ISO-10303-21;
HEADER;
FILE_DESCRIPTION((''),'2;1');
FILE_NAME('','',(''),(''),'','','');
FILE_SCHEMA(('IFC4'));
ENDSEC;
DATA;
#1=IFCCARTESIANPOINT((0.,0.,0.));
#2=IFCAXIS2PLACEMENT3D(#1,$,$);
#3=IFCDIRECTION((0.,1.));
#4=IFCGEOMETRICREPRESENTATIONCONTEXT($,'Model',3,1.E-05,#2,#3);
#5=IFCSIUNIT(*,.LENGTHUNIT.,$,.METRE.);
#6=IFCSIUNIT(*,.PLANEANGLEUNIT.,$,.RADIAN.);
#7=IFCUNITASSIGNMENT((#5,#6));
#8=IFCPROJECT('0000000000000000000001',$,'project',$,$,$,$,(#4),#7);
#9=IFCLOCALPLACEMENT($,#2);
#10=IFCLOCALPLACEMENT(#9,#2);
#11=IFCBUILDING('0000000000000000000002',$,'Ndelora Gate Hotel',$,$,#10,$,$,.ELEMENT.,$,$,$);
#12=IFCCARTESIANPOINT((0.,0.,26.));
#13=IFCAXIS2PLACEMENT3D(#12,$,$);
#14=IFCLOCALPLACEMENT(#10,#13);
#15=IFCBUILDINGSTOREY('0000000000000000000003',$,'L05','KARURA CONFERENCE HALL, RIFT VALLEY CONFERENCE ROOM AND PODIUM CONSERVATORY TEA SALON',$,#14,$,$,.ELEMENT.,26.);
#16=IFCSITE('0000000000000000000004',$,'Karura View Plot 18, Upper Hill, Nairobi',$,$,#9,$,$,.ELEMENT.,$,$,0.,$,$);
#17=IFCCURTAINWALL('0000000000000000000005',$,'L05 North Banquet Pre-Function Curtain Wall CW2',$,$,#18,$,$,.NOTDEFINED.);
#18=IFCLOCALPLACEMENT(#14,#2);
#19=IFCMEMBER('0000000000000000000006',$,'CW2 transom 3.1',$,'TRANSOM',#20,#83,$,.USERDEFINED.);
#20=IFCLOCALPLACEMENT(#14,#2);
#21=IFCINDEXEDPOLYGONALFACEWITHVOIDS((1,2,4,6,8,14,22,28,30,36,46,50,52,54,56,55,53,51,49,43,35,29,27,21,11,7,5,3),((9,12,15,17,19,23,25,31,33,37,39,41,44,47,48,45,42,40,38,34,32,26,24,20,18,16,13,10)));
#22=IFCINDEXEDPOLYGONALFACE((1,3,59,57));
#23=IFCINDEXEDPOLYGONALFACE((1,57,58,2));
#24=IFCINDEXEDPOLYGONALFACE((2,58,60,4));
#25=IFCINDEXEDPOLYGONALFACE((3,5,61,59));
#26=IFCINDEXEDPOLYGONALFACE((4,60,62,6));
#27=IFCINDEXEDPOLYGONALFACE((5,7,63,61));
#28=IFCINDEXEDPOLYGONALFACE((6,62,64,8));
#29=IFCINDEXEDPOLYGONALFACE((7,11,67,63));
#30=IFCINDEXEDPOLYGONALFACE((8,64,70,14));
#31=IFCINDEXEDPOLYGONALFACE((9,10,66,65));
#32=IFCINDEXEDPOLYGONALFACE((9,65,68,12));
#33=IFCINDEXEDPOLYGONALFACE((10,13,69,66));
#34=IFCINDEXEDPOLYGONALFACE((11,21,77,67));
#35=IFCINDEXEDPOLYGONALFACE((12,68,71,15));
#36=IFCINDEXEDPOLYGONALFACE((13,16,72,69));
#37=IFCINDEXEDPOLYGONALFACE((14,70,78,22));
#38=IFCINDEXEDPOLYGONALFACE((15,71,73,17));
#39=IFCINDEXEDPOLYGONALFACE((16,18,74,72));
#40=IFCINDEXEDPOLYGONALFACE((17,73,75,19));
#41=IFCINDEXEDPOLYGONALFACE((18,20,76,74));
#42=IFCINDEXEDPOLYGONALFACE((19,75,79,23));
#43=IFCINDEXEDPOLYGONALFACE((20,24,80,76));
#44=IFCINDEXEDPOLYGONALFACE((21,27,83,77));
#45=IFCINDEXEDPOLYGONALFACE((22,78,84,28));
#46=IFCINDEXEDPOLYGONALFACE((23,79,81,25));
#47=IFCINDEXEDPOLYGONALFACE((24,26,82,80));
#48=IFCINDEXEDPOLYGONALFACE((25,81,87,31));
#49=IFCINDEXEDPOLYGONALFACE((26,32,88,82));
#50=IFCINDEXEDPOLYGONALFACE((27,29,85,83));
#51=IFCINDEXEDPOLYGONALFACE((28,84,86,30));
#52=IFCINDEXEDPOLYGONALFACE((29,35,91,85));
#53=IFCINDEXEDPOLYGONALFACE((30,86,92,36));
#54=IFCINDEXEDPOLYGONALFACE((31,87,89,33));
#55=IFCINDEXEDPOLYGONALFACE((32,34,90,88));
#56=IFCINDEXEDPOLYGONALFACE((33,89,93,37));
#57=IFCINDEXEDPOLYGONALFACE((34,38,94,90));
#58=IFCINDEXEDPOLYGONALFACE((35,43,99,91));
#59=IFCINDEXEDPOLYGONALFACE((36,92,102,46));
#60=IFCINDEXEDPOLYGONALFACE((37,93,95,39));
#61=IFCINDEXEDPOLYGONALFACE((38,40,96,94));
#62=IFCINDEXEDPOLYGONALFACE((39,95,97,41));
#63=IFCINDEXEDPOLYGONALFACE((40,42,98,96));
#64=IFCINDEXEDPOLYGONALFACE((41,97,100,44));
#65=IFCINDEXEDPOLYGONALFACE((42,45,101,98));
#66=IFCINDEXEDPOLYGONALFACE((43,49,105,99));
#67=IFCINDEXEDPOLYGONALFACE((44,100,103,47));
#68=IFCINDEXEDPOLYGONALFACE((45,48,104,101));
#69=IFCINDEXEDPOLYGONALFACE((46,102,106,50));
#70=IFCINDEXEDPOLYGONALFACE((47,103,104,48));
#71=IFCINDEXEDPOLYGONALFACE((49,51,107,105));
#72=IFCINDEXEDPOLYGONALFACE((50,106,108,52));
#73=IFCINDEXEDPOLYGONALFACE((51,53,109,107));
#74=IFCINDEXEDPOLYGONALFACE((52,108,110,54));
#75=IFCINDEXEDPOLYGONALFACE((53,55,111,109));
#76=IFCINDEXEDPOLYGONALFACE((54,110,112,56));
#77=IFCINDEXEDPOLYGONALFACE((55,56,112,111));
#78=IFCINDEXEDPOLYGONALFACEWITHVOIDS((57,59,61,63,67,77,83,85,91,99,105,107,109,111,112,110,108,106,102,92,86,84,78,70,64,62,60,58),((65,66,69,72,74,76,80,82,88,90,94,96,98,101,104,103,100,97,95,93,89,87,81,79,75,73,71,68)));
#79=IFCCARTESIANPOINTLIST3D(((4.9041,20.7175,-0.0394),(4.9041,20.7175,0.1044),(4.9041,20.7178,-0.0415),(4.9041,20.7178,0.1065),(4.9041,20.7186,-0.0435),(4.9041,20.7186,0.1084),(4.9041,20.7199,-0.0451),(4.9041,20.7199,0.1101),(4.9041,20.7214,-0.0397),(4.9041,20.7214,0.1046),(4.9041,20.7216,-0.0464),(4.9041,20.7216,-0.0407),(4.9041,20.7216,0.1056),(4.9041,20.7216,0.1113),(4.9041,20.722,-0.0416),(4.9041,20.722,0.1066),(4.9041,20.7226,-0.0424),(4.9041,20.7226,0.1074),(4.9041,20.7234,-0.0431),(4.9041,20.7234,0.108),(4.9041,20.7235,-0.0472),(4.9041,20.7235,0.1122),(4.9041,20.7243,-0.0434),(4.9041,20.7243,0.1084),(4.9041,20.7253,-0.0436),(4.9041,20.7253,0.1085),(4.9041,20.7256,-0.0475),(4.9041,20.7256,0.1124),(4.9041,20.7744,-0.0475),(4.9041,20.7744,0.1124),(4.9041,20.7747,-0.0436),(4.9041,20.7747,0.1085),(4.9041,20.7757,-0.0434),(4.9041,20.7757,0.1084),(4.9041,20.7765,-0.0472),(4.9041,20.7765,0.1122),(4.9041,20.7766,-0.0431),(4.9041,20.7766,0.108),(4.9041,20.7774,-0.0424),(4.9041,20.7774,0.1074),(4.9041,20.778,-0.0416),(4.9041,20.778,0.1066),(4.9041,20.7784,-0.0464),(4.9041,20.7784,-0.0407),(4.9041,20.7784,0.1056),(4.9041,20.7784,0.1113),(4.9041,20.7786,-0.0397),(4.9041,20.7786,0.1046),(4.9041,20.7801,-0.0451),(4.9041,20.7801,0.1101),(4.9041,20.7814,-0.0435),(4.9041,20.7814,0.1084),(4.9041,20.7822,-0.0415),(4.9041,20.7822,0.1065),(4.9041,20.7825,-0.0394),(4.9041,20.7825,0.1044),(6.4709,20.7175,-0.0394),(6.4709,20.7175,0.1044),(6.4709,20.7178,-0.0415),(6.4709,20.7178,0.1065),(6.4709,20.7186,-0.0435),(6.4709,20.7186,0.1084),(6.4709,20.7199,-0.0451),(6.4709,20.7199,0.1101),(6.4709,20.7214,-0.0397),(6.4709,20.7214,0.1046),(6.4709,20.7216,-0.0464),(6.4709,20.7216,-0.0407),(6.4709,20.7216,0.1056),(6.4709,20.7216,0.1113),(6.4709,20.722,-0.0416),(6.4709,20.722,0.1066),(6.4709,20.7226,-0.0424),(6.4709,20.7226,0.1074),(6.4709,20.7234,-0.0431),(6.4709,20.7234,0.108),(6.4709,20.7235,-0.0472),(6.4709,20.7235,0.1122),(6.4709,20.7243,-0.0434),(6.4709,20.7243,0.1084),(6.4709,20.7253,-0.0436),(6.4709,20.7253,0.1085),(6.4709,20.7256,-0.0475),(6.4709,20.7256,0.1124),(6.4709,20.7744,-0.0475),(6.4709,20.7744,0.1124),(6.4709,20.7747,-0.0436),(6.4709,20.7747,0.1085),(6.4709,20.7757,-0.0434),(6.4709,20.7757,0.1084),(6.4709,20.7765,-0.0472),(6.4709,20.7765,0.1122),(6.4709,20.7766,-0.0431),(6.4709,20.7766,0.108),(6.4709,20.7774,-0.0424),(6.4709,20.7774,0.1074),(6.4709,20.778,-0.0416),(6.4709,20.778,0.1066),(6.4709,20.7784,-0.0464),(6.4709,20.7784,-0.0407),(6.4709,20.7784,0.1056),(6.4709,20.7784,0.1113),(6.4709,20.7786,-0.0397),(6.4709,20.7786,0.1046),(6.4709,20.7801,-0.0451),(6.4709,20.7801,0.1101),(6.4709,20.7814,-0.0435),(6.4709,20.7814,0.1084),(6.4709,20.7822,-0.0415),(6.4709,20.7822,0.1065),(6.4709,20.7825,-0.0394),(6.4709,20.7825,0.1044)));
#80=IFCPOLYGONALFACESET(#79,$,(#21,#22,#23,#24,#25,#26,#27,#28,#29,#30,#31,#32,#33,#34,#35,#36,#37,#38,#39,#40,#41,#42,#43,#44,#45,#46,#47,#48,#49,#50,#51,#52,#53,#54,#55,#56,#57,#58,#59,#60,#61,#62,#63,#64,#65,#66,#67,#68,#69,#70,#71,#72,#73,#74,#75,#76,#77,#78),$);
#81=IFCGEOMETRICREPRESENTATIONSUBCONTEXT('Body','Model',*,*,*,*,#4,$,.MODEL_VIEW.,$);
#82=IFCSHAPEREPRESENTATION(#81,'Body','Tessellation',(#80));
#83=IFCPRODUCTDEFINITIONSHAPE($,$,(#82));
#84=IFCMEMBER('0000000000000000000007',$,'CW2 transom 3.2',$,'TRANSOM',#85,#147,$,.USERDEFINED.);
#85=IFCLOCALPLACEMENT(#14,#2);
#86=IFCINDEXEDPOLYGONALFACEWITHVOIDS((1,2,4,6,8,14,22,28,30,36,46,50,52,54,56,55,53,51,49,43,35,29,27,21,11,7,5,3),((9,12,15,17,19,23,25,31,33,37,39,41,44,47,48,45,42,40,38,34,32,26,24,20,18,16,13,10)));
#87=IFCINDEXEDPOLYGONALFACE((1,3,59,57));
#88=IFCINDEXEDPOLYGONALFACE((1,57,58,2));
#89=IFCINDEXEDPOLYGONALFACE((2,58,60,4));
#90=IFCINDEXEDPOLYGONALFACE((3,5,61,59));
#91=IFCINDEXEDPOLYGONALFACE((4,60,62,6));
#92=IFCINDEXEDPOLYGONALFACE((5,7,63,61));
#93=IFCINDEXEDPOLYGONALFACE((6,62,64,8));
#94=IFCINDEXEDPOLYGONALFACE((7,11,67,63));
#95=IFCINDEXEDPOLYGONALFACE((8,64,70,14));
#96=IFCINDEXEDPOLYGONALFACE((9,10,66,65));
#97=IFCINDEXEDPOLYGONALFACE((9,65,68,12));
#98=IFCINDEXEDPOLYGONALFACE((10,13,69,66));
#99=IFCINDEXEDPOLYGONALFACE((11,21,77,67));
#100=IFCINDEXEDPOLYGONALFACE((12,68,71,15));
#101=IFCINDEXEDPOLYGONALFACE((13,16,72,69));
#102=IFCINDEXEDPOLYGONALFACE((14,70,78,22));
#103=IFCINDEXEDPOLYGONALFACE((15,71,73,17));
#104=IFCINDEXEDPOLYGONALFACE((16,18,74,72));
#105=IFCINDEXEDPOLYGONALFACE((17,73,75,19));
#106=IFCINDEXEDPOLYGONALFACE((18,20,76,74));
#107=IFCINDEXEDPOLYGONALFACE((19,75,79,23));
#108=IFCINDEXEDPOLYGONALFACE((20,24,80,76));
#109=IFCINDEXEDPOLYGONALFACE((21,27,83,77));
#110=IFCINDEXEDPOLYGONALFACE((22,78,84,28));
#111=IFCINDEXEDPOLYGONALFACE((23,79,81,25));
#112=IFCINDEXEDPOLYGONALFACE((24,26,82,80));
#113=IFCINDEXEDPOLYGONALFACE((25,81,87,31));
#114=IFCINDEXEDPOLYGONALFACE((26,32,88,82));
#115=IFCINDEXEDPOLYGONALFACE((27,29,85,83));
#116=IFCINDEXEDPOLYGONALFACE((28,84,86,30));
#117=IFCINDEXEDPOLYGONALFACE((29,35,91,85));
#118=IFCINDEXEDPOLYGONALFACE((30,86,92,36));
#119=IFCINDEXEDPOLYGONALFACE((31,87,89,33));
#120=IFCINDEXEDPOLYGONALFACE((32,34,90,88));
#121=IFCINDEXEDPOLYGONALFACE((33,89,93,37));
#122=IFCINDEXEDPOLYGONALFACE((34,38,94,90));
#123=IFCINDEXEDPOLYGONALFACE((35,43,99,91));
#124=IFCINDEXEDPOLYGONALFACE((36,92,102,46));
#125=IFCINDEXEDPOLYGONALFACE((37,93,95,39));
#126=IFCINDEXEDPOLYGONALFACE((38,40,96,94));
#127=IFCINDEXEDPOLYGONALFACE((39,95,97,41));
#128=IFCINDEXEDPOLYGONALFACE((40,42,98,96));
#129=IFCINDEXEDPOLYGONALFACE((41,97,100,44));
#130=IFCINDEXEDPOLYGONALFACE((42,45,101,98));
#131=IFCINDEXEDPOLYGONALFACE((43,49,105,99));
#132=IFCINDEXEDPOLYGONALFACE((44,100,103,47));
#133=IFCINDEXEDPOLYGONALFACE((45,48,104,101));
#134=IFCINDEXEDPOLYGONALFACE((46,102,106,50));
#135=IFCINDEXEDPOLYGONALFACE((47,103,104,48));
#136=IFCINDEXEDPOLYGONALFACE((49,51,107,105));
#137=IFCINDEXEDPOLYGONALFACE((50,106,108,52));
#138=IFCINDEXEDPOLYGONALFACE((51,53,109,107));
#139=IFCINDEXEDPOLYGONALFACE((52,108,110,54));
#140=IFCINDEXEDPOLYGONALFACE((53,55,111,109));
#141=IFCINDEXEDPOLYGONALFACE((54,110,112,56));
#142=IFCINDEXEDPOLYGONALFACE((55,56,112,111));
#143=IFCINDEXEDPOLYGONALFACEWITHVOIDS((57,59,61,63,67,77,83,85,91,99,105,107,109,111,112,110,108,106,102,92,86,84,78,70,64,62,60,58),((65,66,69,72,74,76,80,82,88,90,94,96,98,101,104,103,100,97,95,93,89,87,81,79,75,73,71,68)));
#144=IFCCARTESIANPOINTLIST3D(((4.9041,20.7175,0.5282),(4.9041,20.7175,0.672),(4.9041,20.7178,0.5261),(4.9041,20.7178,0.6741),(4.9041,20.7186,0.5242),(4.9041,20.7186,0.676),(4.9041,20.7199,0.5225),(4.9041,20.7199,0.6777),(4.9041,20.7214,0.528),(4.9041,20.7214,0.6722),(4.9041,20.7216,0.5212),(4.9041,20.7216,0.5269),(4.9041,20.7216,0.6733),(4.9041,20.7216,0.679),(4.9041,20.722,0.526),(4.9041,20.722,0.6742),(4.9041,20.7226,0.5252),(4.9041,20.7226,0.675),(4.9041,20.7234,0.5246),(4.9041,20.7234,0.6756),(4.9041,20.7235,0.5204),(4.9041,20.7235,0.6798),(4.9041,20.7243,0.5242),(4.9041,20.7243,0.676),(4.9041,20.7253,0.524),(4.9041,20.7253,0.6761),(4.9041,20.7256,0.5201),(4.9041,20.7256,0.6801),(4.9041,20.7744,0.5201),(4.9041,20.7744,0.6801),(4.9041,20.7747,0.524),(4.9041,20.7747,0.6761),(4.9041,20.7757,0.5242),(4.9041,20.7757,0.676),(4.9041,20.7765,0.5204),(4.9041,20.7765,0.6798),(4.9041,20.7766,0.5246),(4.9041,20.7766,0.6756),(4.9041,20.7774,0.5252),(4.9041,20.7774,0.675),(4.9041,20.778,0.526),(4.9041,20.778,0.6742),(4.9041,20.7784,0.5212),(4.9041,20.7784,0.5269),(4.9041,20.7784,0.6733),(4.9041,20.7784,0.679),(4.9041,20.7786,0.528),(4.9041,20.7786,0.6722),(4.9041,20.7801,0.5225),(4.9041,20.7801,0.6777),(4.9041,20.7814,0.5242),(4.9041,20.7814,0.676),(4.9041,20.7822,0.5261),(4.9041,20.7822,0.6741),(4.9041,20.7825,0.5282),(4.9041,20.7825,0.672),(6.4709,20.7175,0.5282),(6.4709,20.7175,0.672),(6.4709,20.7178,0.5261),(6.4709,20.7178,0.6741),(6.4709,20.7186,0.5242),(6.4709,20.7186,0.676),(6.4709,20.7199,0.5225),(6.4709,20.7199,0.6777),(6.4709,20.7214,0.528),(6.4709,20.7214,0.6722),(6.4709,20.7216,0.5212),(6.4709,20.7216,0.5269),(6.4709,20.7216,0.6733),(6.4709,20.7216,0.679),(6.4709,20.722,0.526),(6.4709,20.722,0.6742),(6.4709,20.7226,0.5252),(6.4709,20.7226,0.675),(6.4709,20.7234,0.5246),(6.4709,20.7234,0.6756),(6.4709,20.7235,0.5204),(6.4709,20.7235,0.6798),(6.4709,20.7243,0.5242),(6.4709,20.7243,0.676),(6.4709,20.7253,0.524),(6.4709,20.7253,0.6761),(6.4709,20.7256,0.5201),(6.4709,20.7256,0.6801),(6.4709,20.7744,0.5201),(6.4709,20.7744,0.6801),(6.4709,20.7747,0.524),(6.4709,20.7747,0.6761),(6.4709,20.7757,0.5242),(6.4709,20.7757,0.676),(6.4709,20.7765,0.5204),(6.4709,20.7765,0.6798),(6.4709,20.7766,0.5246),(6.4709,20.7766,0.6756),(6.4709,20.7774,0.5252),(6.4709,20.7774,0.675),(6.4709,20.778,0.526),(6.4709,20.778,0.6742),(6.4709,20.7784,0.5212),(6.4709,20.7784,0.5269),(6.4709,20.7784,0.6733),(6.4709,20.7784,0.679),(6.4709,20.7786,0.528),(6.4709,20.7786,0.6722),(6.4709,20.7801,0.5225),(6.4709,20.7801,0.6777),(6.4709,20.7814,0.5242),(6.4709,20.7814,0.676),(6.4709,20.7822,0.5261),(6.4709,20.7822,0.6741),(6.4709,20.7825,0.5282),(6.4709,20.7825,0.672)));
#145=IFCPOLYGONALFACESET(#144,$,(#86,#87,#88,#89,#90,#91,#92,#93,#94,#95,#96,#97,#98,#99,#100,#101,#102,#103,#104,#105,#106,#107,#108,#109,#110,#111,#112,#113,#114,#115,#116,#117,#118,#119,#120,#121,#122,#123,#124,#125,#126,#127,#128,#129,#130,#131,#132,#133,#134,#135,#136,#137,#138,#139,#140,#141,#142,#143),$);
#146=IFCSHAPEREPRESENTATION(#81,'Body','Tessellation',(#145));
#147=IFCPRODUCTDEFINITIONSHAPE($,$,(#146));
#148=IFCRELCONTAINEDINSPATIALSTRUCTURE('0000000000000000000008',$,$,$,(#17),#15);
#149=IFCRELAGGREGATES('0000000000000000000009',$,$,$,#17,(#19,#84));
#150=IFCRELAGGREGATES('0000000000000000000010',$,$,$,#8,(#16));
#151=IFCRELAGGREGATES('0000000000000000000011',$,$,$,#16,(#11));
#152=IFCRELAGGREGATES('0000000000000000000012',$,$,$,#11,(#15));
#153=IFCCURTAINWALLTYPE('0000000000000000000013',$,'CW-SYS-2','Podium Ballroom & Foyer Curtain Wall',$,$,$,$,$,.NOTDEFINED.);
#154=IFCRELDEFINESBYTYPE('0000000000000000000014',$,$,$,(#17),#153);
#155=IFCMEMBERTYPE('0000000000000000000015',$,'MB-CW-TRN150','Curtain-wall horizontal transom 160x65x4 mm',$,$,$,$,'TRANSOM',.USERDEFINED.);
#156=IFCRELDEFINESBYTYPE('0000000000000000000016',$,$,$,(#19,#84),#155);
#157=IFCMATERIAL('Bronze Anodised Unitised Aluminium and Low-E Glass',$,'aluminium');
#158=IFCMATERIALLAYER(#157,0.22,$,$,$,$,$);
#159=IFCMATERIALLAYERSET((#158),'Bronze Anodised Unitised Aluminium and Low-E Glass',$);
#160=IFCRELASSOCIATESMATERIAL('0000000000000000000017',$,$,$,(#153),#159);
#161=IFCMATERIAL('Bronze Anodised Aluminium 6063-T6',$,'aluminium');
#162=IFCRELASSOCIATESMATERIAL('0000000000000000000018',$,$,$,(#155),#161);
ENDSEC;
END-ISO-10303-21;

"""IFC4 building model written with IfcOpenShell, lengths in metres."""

from ifc_helpers import new_model, si_unit, direction, frame, origin, origin_2d, place, context, subcontext, project, spatial, hollow_rectangle, extrude, material, layer, layer_set, material_profile, profile_set, type_object, element, aggregate, save


model = new_model("IFC4")

# Units and contexts
model_context = context("Model", 3, precision=1e-05, world=origin(), true_north=direction((0.0, 1.0)))
body_context = subcontext(model_context, "Body", "Model", "MODEL_VIEW")
ifc_project = project(units=[si_unit("LENGTHUNIT", "METRE"), si_unit("PLANEANGLEUNIT", "RADIAN")], contexts=[model_context])

# Site, building, storey
site_placement = place(None, origin())
site = spatial("IfcSite", under=ifc_project, at=site_placement, Name="Karura View Plot 18, Upper Hill, Nairobi", CompositionType="ELEMENT", RefElevation=0.0)
building_placement = place(site_placement, origin())
building = spatial("IfcBuilding", under=site, at=building_placement, Name="Ndelora Gate Hotel", CompositionType="ELEMENT")
storey_placement = place(building_placement, frame((0.0, 0.0, 26.0)))
storey = spatial("IfcBuildingStorey", under=building, at=storey_placement, Name="L05", Description="KARURA CONFERENCE HALL, RIFT VALLEY CONFERENCE ROOM AND PODIUM CONSERVATORY TEA SALON", CompositionType="ELEMENT", Elevation=26.0)

# Curtain wall, members
ifc_material_1 = material(Name="Bronze Anodised Unitised Aluminium and Low-E Glass", Category="aluminium")
ifc_layer_1 = layer(ifc_material_1, 0.22)
ifc_layer_set_1 = layer_set([ifc_layer_1], Name="Bronze Anodised Unitised Aluminium and Low-E Glass")
curtain_wall_type = type_object("IfcCurtainWallType", Name="CW-SYS-2", Description="Podium Ballroom & Foyer Curtain Wall", PredefinedType="NOTDEFINED", material=ifc_layer_set_1)
curtain_wall_placement = place(storey_placement, origin())
curtain_wall = element("IfcCurtainWall", 1, at=curtain_wall_placement, inside=storey, type_object=curtain_wall_type, Name="L05 North Banquet Pre-Function Curtain Wall CW2", PredefinedType="NOTDEFINED")
ifc_material_2 = material(Name="Bronze Anodised Aluminium 6063-T6", Category="aluminium")
ifc_material_profile_1 = material_profile(ifc_material_2, hollow_rectangle(XDim=0.0649, YDim=0.1599, WallThickness=0.0039, InnerFilletRadius=0.0039, OuterFilletRadius=0.0081, at=origin_2d()), Name="ALU 160x65x4")
ifc_profile_set_1 = profile_set([ifc_material_profile_1], Name="Bronze Anodised Aluminium 6063-T6")
member_type_1 = type_object("IfcMemberType", Name="MB-CW-TRN150", Description="Curtain-wall horizontal transom 160x65x4 mm", ElementType="TRANSOM", PredefinedType="USERDEFINED", material=ifc_profile_set_1)
member_1_placement = place(storey_placement, frame((6.4709, 20.75, 0.0325), z_axis=(-1.0, 0.0, 0.0), x_axis=(0.0, -1.0, 0.0)))
member_1 = element("IfcMember", 2, at=member_1_placement, type_object=member_type_1, Name="CW2 transom 3.1", ObjectType="TRANSOM", PredefinedType="USERDEFINED", context=body_context, shape_type="SweptSolid", body=[
    extrude(hollow_rectangle(XDim=0.0649, YDim=0.1599, WallThickness=0.0039, InnerFilletRadius=0.0039, OuterFilletRadius=0.0081, at=origin_2d()), origin(), (0.0, 0.0, 1.0), 1.5669),
])
member_2_placement = place(storey_placement, frame((6.4709, 20.75, 0.6001), z_axis=(-1.0, 0.0, 0.0), x_axis=(0.0, -1.0, 0.0)))
member_2 = element("IfcMember", 3, at=member_2_placement, type_object=member_type_1, Name="CW2 transom 3.2", ObjectType="TRANSOM", PredefinedType="USERDEFINED", context=body_context, shape_type="SweptSolid", body=[
    extrude(hollow_rectangle(XDim=0.0649, YDim=0.1599, WallThickness=0.0039, InnerFilletRadius=0.0039, OuterFilletRadius=0.0081, at=origin_2d()), origin(), (0.0, 0.0, 1.0), 1.5669),
])
aggregate(curtain_wall, [member_1, member_2])

save(model, "model.ifc")
